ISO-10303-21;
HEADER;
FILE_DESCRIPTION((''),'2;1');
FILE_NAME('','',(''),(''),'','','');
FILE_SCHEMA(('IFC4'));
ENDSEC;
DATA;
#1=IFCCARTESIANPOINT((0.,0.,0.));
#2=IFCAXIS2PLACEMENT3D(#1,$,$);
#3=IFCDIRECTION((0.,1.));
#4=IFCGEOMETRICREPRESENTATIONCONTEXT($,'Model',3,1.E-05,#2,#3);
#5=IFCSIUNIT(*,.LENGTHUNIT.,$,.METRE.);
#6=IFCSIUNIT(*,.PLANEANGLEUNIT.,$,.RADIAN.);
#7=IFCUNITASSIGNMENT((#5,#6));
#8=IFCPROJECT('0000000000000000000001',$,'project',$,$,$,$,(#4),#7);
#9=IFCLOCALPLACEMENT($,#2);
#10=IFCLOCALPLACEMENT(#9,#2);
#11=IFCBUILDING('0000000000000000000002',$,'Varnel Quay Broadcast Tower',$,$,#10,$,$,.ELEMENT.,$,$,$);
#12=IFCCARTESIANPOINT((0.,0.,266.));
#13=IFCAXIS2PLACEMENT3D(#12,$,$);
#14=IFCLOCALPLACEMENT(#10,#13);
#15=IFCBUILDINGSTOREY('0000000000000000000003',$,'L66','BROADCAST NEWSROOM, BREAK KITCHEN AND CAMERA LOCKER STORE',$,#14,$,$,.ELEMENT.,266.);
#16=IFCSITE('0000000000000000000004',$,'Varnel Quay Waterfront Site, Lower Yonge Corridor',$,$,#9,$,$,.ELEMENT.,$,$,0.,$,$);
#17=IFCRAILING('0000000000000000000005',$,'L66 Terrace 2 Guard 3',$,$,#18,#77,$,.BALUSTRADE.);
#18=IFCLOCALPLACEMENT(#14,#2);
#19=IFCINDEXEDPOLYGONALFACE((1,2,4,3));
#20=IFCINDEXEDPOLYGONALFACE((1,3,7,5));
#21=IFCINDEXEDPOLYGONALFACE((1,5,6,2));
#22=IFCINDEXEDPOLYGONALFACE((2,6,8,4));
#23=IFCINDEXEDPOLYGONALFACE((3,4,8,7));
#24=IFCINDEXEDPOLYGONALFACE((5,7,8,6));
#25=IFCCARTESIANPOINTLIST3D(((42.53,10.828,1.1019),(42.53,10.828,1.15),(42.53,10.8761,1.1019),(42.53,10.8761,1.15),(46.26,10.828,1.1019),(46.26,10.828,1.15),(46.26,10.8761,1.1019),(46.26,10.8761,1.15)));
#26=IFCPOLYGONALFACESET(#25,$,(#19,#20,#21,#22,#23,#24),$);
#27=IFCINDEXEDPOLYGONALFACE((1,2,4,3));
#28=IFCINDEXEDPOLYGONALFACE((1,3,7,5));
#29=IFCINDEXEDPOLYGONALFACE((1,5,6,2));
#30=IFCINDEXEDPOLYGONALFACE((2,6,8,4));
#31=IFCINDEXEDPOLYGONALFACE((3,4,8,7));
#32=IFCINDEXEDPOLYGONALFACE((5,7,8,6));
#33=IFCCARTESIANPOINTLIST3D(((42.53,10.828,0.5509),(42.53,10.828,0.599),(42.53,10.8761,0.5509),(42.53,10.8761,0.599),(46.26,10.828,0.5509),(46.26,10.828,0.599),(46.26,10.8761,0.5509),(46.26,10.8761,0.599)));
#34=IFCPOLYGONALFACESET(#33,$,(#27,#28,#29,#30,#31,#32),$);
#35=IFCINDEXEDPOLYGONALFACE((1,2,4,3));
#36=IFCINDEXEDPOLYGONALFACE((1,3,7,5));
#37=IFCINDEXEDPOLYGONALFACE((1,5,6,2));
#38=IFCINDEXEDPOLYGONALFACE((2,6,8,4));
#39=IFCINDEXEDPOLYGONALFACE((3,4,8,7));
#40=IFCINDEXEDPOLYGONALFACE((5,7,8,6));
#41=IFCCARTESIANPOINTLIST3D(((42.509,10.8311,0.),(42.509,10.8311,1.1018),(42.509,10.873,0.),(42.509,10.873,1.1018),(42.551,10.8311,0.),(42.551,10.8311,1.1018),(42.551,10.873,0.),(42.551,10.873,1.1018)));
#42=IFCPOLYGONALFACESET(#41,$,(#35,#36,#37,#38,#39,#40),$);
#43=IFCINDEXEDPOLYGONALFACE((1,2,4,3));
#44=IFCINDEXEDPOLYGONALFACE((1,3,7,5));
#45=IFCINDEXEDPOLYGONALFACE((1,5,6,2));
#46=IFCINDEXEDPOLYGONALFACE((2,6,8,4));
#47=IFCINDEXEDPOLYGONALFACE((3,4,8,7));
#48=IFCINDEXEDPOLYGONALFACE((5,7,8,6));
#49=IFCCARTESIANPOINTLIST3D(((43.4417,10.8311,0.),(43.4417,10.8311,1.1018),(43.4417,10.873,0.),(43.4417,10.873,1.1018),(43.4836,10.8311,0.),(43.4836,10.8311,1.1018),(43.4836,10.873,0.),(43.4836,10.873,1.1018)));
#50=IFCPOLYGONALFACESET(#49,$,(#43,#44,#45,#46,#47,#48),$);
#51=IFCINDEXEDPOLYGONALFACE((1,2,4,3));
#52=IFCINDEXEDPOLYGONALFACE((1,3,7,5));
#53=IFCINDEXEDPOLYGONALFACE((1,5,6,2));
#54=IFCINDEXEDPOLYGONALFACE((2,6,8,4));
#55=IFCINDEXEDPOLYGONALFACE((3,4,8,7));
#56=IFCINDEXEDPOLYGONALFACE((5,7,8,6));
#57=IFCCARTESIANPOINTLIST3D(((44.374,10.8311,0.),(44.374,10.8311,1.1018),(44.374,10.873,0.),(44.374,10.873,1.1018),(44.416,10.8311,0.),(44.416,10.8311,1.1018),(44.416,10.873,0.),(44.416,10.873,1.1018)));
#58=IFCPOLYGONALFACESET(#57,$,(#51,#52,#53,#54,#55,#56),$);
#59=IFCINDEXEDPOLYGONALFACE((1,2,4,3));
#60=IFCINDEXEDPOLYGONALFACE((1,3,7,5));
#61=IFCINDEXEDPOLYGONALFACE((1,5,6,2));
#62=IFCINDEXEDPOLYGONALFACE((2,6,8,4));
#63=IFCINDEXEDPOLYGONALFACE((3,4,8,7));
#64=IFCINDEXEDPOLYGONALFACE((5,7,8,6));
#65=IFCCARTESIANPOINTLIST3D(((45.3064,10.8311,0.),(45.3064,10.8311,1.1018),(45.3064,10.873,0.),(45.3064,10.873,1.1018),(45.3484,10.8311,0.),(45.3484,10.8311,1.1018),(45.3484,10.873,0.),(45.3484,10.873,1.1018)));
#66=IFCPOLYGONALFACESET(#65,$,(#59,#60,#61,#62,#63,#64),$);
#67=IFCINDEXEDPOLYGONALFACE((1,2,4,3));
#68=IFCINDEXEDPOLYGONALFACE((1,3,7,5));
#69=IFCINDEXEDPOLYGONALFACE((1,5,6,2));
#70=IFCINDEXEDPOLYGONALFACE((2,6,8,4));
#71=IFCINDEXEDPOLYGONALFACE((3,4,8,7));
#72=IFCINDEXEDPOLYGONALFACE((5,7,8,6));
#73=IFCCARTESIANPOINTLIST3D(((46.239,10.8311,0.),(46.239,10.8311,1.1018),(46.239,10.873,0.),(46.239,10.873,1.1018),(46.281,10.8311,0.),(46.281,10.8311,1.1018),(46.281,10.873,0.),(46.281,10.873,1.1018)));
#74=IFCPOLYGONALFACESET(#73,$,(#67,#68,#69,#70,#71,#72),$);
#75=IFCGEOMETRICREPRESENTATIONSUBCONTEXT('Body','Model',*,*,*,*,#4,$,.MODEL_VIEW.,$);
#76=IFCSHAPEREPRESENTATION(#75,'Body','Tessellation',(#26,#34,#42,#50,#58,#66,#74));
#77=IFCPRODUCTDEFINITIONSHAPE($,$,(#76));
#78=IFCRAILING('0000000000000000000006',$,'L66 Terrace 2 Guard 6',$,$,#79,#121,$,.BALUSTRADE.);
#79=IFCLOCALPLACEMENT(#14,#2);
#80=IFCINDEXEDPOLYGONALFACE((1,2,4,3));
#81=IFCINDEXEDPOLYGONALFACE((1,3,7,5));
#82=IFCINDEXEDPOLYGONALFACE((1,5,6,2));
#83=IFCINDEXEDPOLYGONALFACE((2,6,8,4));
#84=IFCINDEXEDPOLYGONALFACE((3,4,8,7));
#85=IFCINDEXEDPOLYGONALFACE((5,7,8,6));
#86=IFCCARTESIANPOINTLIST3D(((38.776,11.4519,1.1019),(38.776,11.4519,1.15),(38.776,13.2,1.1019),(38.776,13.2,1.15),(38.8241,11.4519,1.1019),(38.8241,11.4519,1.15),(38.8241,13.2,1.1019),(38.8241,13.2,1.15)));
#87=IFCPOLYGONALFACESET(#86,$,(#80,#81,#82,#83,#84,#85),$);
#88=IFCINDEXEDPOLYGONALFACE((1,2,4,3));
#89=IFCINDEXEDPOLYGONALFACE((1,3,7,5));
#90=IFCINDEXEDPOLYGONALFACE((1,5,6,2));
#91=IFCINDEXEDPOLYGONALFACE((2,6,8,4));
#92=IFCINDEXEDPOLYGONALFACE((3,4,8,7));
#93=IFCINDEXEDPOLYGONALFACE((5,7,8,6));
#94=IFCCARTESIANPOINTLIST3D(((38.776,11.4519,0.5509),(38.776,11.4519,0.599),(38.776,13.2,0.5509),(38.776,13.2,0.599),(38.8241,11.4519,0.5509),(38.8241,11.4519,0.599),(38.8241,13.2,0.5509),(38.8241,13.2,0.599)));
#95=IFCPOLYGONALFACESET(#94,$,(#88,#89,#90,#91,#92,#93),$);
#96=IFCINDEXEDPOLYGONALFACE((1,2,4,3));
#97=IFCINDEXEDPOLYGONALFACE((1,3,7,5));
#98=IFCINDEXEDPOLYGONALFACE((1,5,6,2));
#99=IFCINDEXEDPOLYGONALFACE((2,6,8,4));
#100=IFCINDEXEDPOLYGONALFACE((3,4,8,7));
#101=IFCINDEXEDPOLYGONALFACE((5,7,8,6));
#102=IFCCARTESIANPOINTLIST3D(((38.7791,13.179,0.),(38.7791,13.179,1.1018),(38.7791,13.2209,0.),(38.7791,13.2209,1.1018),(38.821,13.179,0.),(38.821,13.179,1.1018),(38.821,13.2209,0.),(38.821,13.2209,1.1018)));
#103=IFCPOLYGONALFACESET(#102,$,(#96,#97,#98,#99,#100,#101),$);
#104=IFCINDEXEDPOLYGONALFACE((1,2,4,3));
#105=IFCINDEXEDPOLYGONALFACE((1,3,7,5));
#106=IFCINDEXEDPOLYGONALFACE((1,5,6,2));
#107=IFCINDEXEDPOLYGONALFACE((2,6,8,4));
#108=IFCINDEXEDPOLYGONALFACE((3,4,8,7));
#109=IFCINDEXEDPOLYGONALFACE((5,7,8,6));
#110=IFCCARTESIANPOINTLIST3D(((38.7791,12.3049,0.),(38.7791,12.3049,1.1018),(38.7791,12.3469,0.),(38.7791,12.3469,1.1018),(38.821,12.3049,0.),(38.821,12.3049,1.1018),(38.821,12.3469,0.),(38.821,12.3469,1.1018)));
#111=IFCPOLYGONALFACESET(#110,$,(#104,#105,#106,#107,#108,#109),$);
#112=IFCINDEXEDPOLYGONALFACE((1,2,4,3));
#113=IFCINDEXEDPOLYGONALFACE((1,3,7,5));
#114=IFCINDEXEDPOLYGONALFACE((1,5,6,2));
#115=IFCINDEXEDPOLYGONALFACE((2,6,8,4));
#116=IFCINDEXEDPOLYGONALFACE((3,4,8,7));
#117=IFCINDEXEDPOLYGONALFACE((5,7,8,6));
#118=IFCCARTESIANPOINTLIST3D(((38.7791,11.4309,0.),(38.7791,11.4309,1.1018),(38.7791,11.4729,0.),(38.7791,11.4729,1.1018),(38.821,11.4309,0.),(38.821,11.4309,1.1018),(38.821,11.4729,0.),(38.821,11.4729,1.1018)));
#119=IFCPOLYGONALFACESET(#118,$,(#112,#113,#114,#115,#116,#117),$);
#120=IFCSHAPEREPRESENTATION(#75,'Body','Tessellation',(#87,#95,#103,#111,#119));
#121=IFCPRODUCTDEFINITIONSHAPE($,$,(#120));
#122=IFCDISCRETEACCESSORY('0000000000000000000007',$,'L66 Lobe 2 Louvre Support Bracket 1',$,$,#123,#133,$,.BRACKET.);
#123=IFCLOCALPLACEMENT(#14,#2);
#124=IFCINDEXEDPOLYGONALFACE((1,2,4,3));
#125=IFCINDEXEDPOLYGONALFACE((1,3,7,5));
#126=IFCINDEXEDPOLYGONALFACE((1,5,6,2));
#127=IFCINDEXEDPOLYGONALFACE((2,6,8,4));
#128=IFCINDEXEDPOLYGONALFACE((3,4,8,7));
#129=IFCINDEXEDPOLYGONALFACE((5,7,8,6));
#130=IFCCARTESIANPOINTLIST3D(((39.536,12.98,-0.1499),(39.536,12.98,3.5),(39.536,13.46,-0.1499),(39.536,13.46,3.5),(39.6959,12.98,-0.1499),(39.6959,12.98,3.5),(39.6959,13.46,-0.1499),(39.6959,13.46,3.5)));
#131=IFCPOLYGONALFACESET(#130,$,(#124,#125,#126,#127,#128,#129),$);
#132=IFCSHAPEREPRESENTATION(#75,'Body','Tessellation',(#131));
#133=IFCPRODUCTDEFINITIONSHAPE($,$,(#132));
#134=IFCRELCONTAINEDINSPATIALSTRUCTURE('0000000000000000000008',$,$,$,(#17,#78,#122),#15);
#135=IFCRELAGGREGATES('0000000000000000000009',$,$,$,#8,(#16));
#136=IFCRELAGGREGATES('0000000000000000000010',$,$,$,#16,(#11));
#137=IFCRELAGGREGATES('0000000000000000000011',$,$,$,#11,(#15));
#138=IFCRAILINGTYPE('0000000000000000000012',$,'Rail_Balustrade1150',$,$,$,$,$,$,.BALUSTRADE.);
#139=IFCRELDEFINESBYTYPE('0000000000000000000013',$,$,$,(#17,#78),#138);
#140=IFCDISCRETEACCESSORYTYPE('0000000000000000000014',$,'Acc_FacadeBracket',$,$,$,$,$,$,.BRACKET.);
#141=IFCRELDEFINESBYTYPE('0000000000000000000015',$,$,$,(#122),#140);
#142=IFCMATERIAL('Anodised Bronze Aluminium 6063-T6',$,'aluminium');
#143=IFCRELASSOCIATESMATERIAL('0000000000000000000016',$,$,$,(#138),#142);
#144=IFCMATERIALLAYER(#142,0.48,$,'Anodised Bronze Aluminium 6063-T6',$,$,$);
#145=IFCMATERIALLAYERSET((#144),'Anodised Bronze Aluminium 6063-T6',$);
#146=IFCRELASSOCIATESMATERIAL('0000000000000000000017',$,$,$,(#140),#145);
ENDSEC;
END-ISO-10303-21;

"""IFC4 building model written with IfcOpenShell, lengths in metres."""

from ifc_helpers import new_model, si_unit, direction, frame, origin, origin_2d, place, context, subcontext, project, spatial, rectangle, extrude, source, transform, mapped, material, layer, layer_set, type_object, type_shapes, element, save


model = new_model("IFC4")

# Units and contexts
model_context = context("Model", 3, precision=1e-05, world=origin(), true_north=direction((0.0, 1.0)))
body_context = subcontext(model_context, "Body", "Model", "MODEL_VIEW")
ifc_project = project(units=[si_unit("LENGTHUNIT", "METRE"), si_unit("PLANEANGLEUNIT", "RADIAN")], contexts=[model_context])

# Site, building, storey
site_placement = place(None, origin())
site = spatial("IfcSite", under=ifc_project, at=site_placement, Name="Varnel Quay Waterfront Site, Lower Yonge Corridor", CompositionType="ELEMENT", RefElevation=0.0)
building_placement = place(site_placement, origin())
building = spatial("IfcBuilding", under=site, at=building_placement, Name="Varnel Quay Broadcast Tower", CompositionType="ELEMENT")
storey_placement = place(building_placement, frame((0.0, 0.0, 266.0)))
storey = spatial("IfcBuildingStorey", under=building, at=storey_placement, Name="L66", Description="BROADCAST NEWSROOM, BREAK KITCHEN AND CAMERA LOCKER STORE", CompositionType="ELEMENT", Elevation=266.0)

# Shared definitions
ifc_material_1 = material(Name="Anodised Bronze Aluminium 6063-T6", Category="aluminium")

# Railings
railing_type = type_object("IfcRailingType", Name="Rail_Balustrade1150", PredefinedType="BALUSTRADE", material=ifc_material_1)
railing_1_placement = place(storey_placement, frame((42.53, 10.8521, 0.0)))
element("IfcRailing", 1, at=railing_1_placement, inside=storey, type_object=railing_type, Name="L66 Terrace 2 Guard 3", PredefinedType="BALUSTRADE", context=body_context, shape_type="SweptSolid", body=[
    extrude(rectangle(XDim=0.0481, YDim=0.0481, at=origin_2d()), frame((0.0, 0.0, 1.126), z_axis=(1.0, 0.0, 0.0), x_axis=(0.0, 1.0, 0.0)), (0.0, 0.0, 1.0), 3.73),
    extrude(rectangle(XDim=0.0481, YDim=0.0481, at=origin_2d()), frame((0.0, 0.0, 0.575), z_axis=(1.0, 0.0, 0.0), x_axis=(0.0, 1.0, 0.0)), (0.0, 0.0, 1.0), 3.73),
    extrude(rectangle(XDim=0.042, YDim=0.042, at=origin_2d()), origin(), (0.0, 0.0, 1.0), 1.1018),
    extrude(rectangle(XDim=0.042, YDim=0.042, at=origin_2d()), frame((0.9326, 0.0, 0.0)), (0.0, 0.0, 1.0), 1.1018),
    extrude(rectangle(XDim=0.042, YDim=0.042, at=origin_2d()), frame((1.865, 0.0, 0.0)), (0.0, 0.0, 1.0), 1.1018),
    extrude(rectangle(XDim=0.042, YDim=0.042, at=origin_2d()), frame((2.7974, 0.0, 0.0)), (0.0, 0.0, 1.0), 1.1018),
    extrude(rectangle(XDim=0.042, YDim=0.042, at=origin_2d()), frame((3.73, 0.0, 0.0)), (0.0, 0.0, 1.0), 1.1018),
])
railing_2_placement = place(storey_placement, frame((38.8, 13.2, 0.0)))
element("IfcRailing", 2, at=railing_2_placement, inside=storey, type_object=railing_type, Name="L66 Terrace 2 Guard 6", PredefinedType="BALUSTRADE", context=body_context, shape_type="SweptSolid", body=[
    extrude(rectangle(XDim=0.0481, YDim=0.0481, at=origin_2d()), frame((0.0, 0.0, 1.126), z_axis=(0.0, -1.0, 0.0), x_axis=(1.0, 0.0, 0.0)), (0.0, 0.0, 1.0), 1.748),
    extrude(rectangle(XDim=0.0481, YDim=0.0481, at=origin_2d()), frame((0.0, 0.0, 0.575), z_axis=(0.0, -1.0, 0.0), x_axis=(1.0, 0.0, 0.0)), (0.0, 0.0, 1.0), 1.748),
    extrude(rectangle(XDim=0.042, YDim=0.042, at=origin_2d()), origin(), (0.0, 0.0, 1.0), 1.1018),
    extrude(rectangle(XDim=0.042, YDim=0.042, at=origin_2d()), frame((0.0, -0.874, 0.0)), (0.0, 0.0, 1.0), 1.1018),
    extrude(rectangle(XDim=0.042, YDim=0.042, at=origin_2d()), frame((0.0, -1.748, 0.0)), (0.0, 0.0, 1.0), 1.1018),
])

# Discrete accessory
ifc_layer_1 = layer(ifc_material_1, 0.48, Name="Anodised Bronze Aluminium 6063-T6")
ifc_layer_set_1 = layer_set([ifc_layer_1], Name="Anodised Bronze Aluminium 6063-T6")
discrete_accessory_type = type_object("IfcDiscreteAccessoryType", Name="Acc_FacadeBracket", PredefinedType="BRACKET", material=ifc_layer_set_1)
shared_shape_1 = source(origin(), body_context, "Body", "SweptSolid", [
    extrude(rectangle(XDim=0.1599, YDim=0.48, at=origin_2d()), origin(), (0.0, 0.0, 1.0), 3.6499),
])
type_shapes(discrete_accessory_type, [shared_shape_1])
discrete_accessory_placement = place(storey_placement, frame((39.616, 13.22, -0.1499), z_axis=(0.0, 0.0, 1.0), x_axis=(1.0, 0.0, 0.0)))
element("IfcDiscreteAccessory", 3, at=discrete_accessory_placement, inside=storey, type_object=discrete_accessory_type, Name="L66 Lobe 2 Louvre Support Bracket 1", PredefinedType="BRACKET", context=body_context, shape_type="MappedRepresentation", body=[
    mapped(shared_shape_1, transform((0.0, 0.0, 0.0), x_axis=(1.0, 0.0, 0.0), y_axis=(0.0, 1.0, 0.0), z_axis=(0.0, 0.0, 1.0), scale=1.0)),
])

save(model, "model.ifc")
